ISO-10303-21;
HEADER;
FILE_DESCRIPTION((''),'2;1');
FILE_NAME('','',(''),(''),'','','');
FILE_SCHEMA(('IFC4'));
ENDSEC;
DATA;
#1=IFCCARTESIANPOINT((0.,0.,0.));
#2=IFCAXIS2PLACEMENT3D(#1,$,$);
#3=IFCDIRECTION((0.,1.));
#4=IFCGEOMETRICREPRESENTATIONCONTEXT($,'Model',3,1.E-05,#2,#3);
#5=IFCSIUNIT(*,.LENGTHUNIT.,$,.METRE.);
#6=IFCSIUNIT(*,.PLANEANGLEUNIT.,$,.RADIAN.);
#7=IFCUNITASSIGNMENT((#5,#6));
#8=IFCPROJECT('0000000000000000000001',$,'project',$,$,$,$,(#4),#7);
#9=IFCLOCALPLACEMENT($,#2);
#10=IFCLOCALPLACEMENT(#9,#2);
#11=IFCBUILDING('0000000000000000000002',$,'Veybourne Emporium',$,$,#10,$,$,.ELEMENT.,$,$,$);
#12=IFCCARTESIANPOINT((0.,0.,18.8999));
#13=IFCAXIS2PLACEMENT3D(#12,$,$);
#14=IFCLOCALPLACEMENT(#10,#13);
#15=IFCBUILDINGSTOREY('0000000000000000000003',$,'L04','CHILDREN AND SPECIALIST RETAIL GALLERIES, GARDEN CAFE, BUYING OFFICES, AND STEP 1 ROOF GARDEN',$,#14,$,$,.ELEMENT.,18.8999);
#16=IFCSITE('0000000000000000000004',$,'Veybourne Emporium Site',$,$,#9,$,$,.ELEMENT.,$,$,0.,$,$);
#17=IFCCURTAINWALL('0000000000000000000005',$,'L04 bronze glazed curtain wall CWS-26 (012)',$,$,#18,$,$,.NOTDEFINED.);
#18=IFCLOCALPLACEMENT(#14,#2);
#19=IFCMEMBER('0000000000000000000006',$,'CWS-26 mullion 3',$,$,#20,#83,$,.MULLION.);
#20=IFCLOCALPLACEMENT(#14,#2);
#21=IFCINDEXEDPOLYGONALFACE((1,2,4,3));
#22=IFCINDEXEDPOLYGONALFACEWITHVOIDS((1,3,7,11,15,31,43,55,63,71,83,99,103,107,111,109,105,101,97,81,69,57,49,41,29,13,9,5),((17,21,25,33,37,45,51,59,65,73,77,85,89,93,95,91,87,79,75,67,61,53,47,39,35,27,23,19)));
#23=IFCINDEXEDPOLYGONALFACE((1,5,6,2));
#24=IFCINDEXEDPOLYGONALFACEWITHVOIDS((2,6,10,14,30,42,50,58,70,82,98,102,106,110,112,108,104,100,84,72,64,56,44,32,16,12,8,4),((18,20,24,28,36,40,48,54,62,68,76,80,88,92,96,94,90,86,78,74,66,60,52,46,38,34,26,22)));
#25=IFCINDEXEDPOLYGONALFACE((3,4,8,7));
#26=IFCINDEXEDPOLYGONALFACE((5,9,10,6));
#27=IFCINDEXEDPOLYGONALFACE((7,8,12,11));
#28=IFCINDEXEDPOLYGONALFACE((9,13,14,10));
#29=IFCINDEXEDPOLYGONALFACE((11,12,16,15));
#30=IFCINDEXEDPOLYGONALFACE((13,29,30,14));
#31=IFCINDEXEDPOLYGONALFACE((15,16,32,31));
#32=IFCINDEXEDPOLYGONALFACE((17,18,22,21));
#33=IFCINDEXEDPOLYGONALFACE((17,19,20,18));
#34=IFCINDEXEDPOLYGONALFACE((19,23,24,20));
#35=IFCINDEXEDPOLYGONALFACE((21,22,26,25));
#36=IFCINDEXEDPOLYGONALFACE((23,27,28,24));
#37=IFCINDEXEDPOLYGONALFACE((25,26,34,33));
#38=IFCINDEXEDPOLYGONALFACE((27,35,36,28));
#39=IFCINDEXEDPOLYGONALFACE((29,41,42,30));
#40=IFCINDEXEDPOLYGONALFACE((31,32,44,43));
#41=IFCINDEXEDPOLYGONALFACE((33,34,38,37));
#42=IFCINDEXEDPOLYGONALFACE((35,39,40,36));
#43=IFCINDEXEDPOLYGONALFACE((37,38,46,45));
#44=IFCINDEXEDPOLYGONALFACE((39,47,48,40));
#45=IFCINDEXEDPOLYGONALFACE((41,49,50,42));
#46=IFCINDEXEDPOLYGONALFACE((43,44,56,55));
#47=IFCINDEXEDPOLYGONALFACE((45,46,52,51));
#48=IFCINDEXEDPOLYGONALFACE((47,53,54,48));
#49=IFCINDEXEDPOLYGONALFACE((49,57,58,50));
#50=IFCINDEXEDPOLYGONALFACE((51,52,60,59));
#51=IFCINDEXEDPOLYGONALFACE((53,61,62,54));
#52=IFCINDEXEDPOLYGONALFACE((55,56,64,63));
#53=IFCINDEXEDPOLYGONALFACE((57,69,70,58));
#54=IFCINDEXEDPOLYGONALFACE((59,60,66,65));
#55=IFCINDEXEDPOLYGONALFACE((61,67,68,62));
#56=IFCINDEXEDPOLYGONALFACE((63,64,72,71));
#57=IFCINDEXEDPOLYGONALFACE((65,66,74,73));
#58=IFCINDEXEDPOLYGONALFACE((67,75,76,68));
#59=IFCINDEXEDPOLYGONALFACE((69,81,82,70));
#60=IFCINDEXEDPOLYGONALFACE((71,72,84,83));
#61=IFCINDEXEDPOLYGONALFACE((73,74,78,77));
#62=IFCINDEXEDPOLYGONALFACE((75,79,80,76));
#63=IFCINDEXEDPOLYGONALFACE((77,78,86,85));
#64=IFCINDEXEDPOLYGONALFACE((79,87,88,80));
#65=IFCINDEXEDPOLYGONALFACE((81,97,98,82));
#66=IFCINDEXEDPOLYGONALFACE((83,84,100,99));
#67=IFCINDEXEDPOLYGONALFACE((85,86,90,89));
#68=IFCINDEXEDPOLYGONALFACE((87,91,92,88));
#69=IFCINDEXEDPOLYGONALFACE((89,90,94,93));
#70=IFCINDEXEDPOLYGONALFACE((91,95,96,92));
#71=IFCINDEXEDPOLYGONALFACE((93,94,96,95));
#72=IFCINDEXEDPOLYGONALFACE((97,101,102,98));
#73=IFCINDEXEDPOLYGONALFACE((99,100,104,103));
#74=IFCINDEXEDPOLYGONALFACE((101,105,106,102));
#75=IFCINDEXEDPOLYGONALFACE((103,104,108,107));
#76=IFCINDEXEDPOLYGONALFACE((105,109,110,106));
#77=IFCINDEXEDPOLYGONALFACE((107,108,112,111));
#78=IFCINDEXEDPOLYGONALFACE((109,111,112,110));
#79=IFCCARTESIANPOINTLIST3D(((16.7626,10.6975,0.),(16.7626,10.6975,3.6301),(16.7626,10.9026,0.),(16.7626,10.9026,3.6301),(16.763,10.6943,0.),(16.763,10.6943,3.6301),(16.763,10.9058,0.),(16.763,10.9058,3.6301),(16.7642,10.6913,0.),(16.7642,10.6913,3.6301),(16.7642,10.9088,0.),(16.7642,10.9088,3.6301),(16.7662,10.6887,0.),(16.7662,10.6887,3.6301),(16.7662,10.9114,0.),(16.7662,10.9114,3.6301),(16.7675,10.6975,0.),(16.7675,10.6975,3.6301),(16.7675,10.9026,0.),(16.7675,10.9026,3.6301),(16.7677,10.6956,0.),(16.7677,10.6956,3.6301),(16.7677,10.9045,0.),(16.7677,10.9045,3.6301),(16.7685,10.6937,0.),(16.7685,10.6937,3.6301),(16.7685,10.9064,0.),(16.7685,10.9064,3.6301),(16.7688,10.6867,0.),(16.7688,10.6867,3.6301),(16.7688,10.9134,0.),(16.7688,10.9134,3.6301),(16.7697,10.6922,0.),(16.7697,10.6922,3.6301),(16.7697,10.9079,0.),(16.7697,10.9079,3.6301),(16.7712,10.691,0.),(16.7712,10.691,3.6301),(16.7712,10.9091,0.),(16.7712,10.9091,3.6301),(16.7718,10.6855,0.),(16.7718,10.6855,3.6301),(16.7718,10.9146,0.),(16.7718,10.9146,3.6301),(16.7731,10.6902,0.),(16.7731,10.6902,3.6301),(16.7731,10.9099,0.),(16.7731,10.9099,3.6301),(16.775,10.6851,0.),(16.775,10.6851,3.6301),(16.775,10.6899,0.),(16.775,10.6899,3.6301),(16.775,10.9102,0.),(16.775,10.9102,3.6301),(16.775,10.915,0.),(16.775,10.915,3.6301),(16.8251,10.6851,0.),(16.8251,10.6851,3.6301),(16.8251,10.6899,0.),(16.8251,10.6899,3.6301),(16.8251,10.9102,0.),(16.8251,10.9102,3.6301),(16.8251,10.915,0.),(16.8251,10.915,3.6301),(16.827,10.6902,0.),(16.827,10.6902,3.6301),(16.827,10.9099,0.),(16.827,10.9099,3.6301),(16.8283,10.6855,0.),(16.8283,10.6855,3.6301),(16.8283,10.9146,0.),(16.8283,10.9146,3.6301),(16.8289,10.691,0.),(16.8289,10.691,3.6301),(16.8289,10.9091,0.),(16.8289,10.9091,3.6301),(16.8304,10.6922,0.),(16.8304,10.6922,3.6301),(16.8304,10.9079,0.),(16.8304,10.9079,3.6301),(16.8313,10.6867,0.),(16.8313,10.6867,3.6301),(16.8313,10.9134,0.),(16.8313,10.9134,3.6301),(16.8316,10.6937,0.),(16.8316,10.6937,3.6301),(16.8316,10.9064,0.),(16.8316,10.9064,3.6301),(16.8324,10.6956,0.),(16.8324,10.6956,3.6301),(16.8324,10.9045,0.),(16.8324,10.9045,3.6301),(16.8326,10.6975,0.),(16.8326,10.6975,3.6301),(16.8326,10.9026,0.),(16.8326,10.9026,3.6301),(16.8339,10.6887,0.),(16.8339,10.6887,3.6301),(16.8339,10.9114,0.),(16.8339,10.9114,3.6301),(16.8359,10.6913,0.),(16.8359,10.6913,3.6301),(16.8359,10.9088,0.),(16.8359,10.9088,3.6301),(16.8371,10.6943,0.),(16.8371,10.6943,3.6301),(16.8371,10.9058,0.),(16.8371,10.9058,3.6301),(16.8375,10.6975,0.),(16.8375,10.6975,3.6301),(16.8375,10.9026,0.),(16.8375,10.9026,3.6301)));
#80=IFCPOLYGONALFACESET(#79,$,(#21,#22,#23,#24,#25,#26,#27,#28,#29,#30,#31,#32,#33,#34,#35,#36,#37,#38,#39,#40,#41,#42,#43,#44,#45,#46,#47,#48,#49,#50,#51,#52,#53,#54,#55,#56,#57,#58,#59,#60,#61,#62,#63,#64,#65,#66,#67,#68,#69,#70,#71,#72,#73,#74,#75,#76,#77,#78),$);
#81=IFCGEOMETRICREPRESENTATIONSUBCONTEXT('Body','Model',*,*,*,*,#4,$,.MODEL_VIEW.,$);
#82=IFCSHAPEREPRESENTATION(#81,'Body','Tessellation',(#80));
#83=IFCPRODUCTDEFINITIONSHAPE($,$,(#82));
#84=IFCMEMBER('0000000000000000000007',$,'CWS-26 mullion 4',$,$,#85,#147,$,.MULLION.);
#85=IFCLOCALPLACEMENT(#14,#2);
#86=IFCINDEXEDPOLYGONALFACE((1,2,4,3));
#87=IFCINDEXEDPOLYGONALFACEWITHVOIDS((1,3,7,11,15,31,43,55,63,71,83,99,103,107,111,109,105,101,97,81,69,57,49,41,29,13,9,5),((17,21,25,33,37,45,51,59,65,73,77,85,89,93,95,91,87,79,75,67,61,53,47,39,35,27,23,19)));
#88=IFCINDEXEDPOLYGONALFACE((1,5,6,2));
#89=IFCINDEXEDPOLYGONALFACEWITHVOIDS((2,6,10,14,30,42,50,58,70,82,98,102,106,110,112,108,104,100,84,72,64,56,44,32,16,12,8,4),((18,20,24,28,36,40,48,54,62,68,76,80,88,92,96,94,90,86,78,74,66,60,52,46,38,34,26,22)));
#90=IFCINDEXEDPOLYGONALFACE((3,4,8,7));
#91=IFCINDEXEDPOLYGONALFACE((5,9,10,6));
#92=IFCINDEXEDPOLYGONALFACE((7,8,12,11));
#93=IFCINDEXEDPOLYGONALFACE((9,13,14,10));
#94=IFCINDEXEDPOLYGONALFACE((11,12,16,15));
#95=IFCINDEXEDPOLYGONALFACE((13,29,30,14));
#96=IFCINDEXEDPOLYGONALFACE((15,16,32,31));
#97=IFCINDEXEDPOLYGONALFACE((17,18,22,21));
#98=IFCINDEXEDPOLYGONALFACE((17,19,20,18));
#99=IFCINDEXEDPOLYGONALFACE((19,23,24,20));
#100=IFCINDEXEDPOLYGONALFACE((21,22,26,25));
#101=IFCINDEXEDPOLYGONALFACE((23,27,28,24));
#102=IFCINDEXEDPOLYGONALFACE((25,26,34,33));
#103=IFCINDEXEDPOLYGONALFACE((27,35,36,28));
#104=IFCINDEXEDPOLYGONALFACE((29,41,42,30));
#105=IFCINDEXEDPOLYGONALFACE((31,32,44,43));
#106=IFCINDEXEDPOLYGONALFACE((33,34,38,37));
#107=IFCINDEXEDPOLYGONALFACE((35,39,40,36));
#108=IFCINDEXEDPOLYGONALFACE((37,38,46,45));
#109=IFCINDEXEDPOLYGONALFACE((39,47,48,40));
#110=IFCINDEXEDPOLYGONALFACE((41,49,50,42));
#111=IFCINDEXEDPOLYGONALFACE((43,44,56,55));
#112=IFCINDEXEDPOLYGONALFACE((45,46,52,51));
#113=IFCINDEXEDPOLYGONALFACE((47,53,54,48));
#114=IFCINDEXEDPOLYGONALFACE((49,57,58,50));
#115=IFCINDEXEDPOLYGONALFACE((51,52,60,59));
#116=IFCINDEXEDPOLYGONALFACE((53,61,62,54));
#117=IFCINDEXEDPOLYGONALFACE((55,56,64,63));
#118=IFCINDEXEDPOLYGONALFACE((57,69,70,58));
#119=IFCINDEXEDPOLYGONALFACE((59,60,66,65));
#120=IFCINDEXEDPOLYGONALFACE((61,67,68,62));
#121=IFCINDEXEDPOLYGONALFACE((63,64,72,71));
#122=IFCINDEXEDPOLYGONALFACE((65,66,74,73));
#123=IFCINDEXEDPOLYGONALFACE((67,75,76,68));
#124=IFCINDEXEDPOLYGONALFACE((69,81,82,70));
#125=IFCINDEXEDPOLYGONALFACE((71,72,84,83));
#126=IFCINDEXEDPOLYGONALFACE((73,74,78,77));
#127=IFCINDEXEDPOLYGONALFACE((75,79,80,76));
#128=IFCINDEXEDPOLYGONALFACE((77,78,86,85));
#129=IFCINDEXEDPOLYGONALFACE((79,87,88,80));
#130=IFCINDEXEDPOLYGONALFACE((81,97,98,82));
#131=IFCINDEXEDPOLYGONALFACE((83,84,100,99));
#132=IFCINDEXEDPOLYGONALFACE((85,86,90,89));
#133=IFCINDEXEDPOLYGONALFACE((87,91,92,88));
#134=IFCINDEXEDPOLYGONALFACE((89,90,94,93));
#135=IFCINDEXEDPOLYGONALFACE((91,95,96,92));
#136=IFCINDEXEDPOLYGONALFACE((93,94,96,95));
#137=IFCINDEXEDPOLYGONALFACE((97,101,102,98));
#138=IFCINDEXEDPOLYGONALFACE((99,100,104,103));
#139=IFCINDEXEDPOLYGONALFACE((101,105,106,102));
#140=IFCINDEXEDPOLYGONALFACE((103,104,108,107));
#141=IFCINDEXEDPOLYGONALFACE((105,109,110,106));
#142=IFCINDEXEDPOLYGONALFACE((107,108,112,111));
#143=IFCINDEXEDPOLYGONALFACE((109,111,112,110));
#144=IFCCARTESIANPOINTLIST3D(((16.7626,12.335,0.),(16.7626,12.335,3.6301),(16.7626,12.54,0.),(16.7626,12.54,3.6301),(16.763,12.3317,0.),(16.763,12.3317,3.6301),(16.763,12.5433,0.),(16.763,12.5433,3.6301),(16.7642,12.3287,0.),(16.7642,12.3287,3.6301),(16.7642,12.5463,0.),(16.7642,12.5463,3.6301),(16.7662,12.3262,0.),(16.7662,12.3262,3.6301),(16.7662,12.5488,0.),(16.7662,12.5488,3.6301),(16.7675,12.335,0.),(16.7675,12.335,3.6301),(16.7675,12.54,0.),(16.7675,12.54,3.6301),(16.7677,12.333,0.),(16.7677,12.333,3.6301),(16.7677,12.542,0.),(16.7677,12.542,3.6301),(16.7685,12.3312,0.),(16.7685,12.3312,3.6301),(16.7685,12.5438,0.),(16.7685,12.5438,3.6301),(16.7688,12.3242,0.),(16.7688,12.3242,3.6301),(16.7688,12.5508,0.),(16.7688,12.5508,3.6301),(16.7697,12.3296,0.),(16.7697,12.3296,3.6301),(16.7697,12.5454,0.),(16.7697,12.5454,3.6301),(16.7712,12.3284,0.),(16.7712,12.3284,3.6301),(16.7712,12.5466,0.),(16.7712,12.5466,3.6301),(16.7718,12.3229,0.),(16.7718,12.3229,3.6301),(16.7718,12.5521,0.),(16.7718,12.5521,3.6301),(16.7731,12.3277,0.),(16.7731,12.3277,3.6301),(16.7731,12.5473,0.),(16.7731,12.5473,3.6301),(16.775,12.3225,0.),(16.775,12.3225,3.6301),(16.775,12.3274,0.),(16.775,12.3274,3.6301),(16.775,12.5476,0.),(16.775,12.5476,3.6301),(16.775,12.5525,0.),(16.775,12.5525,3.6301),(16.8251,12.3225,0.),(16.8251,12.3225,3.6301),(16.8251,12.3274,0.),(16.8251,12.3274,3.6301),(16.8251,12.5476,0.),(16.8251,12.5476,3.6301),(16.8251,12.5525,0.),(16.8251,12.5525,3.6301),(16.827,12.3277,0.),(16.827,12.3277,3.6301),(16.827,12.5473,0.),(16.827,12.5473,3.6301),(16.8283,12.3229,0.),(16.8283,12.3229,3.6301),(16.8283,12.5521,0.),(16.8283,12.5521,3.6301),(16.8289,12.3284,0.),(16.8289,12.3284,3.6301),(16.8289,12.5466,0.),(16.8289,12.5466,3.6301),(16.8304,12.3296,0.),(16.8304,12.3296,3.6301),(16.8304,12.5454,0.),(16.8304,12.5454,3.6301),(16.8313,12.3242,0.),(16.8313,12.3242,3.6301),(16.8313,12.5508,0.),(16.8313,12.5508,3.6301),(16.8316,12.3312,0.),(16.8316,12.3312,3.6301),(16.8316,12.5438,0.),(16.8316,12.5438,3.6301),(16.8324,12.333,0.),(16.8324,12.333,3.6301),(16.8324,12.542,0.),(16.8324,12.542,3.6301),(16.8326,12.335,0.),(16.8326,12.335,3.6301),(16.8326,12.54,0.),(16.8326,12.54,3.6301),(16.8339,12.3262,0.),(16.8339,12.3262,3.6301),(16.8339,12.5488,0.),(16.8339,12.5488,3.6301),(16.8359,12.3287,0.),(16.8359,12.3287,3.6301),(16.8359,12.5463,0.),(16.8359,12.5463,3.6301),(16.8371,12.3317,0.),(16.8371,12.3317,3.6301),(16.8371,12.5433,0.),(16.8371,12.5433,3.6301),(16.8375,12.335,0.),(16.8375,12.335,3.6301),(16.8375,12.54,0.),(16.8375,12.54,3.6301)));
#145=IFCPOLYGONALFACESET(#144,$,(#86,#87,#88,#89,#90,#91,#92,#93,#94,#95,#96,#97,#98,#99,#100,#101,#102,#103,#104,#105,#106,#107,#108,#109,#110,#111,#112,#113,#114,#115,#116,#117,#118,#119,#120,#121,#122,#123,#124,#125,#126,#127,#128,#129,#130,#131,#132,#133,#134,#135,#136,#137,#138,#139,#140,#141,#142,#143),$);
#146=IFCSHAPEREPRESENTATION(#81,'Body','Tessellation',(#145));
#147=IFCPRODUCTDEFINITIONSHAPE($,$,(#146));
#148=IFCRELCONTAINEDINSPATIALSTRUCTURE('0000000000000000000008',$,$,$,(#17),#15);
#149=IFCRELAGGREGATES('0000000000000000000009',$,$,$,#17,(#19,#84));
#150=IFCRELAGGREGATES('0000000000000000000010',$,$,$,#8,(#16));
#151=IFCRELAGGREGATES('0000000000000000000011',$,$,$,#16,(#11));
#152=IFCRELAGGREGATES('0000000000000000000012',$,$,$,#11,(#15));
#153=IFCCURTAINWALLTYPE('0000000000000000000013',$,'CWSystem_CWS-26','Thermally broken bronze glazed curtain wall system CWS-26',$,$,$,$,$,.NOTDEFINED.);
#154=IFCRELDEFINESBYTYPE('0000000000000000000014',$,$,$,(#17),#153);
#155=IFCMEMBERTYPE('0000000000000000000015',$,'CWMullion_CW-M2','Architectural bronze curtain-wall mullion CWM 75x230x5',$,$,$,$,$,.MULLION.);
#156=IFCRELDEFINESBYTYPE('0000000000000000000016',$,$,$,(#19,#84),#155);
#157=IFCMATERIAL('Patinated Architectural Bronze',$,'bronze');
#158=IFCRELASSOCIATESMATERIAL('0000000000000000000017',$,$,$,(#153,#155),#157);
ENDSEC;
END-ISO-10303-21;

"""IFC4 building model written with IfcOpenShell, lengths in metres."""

from ifc_helpers import new_model, si_unit, direction, frame, origin, origin_2d, place, context, subcontext, project, spatial, hollow_rectangle, extrude, material, material_profile, profile_set, type_object, element, aggregate, save


model = new_model("IFC4")

# Units and contexts
model_context = context("Model", 3, precision=1e-05, world=origin(), true_north=direction((0.0, 1.0)))
body_context = subcontext(model_context, "Body", "Model", "MODEL_VIEW")
ifc_project = project(units=[si_unit("LENGTHUNIT", "METRE"), si_unit("PLANEANGLEUNIT", "RADIAN")], contexts=[model_context])

# Site, building, storey
site_placement = place(None, origin())
site = spatial("IfcSite", under=ifc_project, at=site_placement, Name="Veybourne Emporium Site", CompositionType="ELEMENT", RefElevation=0.0)
building_placement = place(site_placement, origin())
building = spatial("IfcBuilding", under=site, at=building_placement, Name="Veybourne Emporium", CompositionType="ELEMENT")
storey_placement = place(building_placement, frame((0.0, 0.0, 18.8999)))
storey = spatial("IfcBuildingStorey", under=building, at=storey_placement, Name="L04", Description="CHILDREN AND SPECIALIST RETAIL GALLERIES, GARDEN CAFE, BUYING OFFICES, AND STEP 1 ROOF GARDEN", CompositionType="ELEMENT", Elevation=18.8999)

# Curtain wall, members
ifc_material_1 = material(Name="Patinated Architectural Bronze", Category="bronze")
curtain_wall_type = type_object("IfcCurtainWallType", Name="CWSystem_CWS-26", Description="Thermally broken bronze glazed curtain wall system CWS-26", PredefinedType="NOTDEFINED", material=ifc_material_1)
curtain_wall_placement = place(storey_placement, origin())
curtain_wall = element("IfcCurtainWall", 1, at=curtain_wall_placement, inside=storey, type_object=curtain_wall_type, Name="L04 bronze glazed curtain wall CWS-26 (012)", PredefinedType="NOTDEFINED")
ifc_material_profile_1 = material_profile(ifc_material_1, hollow_rectangle(XDim=0.075, YDim=0.23, WallThickness=0.0049, InnerFilletRadius=0.0076, OuterFilletRadius=0.0125, at=origin_2d()), Name="CWM 75x230x5")
ifc_profile_set_1 = profile_set([ifc_material_profile_1], Name="Patinated Architectural Bronze")
member_type_1 = type_object("IfcMemberType", Name="CWMullion_CW-M2", Description="Architectural bronze curtain-wall mullion CWM 75x230x5", PredefinedType="MULLION", material=ifc_profile_set_1)
member_1_placement = place(storey_placement, frame((16.8, 10.8, 0.0), z_axis=(0.0, 0.0, 1.0), x_axis=(-1.0, 0.0, 0.0)))
member_1 = element("IfcMember", 2, at=member_1_placement, type_object=member_type_1, Name="CWS-26 mullion 3", PredefinedType="MULLION", context=body_context, shape_type="SweptSolid", body=[
    extrude(hollow_rectangle(XDim=0.075, YDim=0.23, WallThickness=0.0049, InnerFilletRadius=0.0076, OuterFilletRadius=0.0125, at=origin_2d()), origin(), (0.0, 0.0, 1.0), 3.6301),
])
member_2_placement = place(storey_placement, frame((16.8, 12.4375, 0.0), z_axis=(0.0, 0.0, 1.0), x_axis=(-1.0, 0.0, 0.0)))
member_2 = element("IfcMember", 3, at=member_2_placement, type_object=member_type_1, Name="CWS-26 mullion 4", PredefinedType="MULLION", context=body_context, shape_type="SweptSolid", body=[
    extrude(hollow_rectangle(XDim=0.075, YDim=0.23, WallThickness=0.0049, InnerFilletRadius=0.0076, OuterFilletRadius=0.0125, at=origin_2d()), origin(), (0.0, 0.0, 1.0), 3.6301),
])
aggregate(curtain_wall, [member_1, member_2])

save(model, "model.ifc")
